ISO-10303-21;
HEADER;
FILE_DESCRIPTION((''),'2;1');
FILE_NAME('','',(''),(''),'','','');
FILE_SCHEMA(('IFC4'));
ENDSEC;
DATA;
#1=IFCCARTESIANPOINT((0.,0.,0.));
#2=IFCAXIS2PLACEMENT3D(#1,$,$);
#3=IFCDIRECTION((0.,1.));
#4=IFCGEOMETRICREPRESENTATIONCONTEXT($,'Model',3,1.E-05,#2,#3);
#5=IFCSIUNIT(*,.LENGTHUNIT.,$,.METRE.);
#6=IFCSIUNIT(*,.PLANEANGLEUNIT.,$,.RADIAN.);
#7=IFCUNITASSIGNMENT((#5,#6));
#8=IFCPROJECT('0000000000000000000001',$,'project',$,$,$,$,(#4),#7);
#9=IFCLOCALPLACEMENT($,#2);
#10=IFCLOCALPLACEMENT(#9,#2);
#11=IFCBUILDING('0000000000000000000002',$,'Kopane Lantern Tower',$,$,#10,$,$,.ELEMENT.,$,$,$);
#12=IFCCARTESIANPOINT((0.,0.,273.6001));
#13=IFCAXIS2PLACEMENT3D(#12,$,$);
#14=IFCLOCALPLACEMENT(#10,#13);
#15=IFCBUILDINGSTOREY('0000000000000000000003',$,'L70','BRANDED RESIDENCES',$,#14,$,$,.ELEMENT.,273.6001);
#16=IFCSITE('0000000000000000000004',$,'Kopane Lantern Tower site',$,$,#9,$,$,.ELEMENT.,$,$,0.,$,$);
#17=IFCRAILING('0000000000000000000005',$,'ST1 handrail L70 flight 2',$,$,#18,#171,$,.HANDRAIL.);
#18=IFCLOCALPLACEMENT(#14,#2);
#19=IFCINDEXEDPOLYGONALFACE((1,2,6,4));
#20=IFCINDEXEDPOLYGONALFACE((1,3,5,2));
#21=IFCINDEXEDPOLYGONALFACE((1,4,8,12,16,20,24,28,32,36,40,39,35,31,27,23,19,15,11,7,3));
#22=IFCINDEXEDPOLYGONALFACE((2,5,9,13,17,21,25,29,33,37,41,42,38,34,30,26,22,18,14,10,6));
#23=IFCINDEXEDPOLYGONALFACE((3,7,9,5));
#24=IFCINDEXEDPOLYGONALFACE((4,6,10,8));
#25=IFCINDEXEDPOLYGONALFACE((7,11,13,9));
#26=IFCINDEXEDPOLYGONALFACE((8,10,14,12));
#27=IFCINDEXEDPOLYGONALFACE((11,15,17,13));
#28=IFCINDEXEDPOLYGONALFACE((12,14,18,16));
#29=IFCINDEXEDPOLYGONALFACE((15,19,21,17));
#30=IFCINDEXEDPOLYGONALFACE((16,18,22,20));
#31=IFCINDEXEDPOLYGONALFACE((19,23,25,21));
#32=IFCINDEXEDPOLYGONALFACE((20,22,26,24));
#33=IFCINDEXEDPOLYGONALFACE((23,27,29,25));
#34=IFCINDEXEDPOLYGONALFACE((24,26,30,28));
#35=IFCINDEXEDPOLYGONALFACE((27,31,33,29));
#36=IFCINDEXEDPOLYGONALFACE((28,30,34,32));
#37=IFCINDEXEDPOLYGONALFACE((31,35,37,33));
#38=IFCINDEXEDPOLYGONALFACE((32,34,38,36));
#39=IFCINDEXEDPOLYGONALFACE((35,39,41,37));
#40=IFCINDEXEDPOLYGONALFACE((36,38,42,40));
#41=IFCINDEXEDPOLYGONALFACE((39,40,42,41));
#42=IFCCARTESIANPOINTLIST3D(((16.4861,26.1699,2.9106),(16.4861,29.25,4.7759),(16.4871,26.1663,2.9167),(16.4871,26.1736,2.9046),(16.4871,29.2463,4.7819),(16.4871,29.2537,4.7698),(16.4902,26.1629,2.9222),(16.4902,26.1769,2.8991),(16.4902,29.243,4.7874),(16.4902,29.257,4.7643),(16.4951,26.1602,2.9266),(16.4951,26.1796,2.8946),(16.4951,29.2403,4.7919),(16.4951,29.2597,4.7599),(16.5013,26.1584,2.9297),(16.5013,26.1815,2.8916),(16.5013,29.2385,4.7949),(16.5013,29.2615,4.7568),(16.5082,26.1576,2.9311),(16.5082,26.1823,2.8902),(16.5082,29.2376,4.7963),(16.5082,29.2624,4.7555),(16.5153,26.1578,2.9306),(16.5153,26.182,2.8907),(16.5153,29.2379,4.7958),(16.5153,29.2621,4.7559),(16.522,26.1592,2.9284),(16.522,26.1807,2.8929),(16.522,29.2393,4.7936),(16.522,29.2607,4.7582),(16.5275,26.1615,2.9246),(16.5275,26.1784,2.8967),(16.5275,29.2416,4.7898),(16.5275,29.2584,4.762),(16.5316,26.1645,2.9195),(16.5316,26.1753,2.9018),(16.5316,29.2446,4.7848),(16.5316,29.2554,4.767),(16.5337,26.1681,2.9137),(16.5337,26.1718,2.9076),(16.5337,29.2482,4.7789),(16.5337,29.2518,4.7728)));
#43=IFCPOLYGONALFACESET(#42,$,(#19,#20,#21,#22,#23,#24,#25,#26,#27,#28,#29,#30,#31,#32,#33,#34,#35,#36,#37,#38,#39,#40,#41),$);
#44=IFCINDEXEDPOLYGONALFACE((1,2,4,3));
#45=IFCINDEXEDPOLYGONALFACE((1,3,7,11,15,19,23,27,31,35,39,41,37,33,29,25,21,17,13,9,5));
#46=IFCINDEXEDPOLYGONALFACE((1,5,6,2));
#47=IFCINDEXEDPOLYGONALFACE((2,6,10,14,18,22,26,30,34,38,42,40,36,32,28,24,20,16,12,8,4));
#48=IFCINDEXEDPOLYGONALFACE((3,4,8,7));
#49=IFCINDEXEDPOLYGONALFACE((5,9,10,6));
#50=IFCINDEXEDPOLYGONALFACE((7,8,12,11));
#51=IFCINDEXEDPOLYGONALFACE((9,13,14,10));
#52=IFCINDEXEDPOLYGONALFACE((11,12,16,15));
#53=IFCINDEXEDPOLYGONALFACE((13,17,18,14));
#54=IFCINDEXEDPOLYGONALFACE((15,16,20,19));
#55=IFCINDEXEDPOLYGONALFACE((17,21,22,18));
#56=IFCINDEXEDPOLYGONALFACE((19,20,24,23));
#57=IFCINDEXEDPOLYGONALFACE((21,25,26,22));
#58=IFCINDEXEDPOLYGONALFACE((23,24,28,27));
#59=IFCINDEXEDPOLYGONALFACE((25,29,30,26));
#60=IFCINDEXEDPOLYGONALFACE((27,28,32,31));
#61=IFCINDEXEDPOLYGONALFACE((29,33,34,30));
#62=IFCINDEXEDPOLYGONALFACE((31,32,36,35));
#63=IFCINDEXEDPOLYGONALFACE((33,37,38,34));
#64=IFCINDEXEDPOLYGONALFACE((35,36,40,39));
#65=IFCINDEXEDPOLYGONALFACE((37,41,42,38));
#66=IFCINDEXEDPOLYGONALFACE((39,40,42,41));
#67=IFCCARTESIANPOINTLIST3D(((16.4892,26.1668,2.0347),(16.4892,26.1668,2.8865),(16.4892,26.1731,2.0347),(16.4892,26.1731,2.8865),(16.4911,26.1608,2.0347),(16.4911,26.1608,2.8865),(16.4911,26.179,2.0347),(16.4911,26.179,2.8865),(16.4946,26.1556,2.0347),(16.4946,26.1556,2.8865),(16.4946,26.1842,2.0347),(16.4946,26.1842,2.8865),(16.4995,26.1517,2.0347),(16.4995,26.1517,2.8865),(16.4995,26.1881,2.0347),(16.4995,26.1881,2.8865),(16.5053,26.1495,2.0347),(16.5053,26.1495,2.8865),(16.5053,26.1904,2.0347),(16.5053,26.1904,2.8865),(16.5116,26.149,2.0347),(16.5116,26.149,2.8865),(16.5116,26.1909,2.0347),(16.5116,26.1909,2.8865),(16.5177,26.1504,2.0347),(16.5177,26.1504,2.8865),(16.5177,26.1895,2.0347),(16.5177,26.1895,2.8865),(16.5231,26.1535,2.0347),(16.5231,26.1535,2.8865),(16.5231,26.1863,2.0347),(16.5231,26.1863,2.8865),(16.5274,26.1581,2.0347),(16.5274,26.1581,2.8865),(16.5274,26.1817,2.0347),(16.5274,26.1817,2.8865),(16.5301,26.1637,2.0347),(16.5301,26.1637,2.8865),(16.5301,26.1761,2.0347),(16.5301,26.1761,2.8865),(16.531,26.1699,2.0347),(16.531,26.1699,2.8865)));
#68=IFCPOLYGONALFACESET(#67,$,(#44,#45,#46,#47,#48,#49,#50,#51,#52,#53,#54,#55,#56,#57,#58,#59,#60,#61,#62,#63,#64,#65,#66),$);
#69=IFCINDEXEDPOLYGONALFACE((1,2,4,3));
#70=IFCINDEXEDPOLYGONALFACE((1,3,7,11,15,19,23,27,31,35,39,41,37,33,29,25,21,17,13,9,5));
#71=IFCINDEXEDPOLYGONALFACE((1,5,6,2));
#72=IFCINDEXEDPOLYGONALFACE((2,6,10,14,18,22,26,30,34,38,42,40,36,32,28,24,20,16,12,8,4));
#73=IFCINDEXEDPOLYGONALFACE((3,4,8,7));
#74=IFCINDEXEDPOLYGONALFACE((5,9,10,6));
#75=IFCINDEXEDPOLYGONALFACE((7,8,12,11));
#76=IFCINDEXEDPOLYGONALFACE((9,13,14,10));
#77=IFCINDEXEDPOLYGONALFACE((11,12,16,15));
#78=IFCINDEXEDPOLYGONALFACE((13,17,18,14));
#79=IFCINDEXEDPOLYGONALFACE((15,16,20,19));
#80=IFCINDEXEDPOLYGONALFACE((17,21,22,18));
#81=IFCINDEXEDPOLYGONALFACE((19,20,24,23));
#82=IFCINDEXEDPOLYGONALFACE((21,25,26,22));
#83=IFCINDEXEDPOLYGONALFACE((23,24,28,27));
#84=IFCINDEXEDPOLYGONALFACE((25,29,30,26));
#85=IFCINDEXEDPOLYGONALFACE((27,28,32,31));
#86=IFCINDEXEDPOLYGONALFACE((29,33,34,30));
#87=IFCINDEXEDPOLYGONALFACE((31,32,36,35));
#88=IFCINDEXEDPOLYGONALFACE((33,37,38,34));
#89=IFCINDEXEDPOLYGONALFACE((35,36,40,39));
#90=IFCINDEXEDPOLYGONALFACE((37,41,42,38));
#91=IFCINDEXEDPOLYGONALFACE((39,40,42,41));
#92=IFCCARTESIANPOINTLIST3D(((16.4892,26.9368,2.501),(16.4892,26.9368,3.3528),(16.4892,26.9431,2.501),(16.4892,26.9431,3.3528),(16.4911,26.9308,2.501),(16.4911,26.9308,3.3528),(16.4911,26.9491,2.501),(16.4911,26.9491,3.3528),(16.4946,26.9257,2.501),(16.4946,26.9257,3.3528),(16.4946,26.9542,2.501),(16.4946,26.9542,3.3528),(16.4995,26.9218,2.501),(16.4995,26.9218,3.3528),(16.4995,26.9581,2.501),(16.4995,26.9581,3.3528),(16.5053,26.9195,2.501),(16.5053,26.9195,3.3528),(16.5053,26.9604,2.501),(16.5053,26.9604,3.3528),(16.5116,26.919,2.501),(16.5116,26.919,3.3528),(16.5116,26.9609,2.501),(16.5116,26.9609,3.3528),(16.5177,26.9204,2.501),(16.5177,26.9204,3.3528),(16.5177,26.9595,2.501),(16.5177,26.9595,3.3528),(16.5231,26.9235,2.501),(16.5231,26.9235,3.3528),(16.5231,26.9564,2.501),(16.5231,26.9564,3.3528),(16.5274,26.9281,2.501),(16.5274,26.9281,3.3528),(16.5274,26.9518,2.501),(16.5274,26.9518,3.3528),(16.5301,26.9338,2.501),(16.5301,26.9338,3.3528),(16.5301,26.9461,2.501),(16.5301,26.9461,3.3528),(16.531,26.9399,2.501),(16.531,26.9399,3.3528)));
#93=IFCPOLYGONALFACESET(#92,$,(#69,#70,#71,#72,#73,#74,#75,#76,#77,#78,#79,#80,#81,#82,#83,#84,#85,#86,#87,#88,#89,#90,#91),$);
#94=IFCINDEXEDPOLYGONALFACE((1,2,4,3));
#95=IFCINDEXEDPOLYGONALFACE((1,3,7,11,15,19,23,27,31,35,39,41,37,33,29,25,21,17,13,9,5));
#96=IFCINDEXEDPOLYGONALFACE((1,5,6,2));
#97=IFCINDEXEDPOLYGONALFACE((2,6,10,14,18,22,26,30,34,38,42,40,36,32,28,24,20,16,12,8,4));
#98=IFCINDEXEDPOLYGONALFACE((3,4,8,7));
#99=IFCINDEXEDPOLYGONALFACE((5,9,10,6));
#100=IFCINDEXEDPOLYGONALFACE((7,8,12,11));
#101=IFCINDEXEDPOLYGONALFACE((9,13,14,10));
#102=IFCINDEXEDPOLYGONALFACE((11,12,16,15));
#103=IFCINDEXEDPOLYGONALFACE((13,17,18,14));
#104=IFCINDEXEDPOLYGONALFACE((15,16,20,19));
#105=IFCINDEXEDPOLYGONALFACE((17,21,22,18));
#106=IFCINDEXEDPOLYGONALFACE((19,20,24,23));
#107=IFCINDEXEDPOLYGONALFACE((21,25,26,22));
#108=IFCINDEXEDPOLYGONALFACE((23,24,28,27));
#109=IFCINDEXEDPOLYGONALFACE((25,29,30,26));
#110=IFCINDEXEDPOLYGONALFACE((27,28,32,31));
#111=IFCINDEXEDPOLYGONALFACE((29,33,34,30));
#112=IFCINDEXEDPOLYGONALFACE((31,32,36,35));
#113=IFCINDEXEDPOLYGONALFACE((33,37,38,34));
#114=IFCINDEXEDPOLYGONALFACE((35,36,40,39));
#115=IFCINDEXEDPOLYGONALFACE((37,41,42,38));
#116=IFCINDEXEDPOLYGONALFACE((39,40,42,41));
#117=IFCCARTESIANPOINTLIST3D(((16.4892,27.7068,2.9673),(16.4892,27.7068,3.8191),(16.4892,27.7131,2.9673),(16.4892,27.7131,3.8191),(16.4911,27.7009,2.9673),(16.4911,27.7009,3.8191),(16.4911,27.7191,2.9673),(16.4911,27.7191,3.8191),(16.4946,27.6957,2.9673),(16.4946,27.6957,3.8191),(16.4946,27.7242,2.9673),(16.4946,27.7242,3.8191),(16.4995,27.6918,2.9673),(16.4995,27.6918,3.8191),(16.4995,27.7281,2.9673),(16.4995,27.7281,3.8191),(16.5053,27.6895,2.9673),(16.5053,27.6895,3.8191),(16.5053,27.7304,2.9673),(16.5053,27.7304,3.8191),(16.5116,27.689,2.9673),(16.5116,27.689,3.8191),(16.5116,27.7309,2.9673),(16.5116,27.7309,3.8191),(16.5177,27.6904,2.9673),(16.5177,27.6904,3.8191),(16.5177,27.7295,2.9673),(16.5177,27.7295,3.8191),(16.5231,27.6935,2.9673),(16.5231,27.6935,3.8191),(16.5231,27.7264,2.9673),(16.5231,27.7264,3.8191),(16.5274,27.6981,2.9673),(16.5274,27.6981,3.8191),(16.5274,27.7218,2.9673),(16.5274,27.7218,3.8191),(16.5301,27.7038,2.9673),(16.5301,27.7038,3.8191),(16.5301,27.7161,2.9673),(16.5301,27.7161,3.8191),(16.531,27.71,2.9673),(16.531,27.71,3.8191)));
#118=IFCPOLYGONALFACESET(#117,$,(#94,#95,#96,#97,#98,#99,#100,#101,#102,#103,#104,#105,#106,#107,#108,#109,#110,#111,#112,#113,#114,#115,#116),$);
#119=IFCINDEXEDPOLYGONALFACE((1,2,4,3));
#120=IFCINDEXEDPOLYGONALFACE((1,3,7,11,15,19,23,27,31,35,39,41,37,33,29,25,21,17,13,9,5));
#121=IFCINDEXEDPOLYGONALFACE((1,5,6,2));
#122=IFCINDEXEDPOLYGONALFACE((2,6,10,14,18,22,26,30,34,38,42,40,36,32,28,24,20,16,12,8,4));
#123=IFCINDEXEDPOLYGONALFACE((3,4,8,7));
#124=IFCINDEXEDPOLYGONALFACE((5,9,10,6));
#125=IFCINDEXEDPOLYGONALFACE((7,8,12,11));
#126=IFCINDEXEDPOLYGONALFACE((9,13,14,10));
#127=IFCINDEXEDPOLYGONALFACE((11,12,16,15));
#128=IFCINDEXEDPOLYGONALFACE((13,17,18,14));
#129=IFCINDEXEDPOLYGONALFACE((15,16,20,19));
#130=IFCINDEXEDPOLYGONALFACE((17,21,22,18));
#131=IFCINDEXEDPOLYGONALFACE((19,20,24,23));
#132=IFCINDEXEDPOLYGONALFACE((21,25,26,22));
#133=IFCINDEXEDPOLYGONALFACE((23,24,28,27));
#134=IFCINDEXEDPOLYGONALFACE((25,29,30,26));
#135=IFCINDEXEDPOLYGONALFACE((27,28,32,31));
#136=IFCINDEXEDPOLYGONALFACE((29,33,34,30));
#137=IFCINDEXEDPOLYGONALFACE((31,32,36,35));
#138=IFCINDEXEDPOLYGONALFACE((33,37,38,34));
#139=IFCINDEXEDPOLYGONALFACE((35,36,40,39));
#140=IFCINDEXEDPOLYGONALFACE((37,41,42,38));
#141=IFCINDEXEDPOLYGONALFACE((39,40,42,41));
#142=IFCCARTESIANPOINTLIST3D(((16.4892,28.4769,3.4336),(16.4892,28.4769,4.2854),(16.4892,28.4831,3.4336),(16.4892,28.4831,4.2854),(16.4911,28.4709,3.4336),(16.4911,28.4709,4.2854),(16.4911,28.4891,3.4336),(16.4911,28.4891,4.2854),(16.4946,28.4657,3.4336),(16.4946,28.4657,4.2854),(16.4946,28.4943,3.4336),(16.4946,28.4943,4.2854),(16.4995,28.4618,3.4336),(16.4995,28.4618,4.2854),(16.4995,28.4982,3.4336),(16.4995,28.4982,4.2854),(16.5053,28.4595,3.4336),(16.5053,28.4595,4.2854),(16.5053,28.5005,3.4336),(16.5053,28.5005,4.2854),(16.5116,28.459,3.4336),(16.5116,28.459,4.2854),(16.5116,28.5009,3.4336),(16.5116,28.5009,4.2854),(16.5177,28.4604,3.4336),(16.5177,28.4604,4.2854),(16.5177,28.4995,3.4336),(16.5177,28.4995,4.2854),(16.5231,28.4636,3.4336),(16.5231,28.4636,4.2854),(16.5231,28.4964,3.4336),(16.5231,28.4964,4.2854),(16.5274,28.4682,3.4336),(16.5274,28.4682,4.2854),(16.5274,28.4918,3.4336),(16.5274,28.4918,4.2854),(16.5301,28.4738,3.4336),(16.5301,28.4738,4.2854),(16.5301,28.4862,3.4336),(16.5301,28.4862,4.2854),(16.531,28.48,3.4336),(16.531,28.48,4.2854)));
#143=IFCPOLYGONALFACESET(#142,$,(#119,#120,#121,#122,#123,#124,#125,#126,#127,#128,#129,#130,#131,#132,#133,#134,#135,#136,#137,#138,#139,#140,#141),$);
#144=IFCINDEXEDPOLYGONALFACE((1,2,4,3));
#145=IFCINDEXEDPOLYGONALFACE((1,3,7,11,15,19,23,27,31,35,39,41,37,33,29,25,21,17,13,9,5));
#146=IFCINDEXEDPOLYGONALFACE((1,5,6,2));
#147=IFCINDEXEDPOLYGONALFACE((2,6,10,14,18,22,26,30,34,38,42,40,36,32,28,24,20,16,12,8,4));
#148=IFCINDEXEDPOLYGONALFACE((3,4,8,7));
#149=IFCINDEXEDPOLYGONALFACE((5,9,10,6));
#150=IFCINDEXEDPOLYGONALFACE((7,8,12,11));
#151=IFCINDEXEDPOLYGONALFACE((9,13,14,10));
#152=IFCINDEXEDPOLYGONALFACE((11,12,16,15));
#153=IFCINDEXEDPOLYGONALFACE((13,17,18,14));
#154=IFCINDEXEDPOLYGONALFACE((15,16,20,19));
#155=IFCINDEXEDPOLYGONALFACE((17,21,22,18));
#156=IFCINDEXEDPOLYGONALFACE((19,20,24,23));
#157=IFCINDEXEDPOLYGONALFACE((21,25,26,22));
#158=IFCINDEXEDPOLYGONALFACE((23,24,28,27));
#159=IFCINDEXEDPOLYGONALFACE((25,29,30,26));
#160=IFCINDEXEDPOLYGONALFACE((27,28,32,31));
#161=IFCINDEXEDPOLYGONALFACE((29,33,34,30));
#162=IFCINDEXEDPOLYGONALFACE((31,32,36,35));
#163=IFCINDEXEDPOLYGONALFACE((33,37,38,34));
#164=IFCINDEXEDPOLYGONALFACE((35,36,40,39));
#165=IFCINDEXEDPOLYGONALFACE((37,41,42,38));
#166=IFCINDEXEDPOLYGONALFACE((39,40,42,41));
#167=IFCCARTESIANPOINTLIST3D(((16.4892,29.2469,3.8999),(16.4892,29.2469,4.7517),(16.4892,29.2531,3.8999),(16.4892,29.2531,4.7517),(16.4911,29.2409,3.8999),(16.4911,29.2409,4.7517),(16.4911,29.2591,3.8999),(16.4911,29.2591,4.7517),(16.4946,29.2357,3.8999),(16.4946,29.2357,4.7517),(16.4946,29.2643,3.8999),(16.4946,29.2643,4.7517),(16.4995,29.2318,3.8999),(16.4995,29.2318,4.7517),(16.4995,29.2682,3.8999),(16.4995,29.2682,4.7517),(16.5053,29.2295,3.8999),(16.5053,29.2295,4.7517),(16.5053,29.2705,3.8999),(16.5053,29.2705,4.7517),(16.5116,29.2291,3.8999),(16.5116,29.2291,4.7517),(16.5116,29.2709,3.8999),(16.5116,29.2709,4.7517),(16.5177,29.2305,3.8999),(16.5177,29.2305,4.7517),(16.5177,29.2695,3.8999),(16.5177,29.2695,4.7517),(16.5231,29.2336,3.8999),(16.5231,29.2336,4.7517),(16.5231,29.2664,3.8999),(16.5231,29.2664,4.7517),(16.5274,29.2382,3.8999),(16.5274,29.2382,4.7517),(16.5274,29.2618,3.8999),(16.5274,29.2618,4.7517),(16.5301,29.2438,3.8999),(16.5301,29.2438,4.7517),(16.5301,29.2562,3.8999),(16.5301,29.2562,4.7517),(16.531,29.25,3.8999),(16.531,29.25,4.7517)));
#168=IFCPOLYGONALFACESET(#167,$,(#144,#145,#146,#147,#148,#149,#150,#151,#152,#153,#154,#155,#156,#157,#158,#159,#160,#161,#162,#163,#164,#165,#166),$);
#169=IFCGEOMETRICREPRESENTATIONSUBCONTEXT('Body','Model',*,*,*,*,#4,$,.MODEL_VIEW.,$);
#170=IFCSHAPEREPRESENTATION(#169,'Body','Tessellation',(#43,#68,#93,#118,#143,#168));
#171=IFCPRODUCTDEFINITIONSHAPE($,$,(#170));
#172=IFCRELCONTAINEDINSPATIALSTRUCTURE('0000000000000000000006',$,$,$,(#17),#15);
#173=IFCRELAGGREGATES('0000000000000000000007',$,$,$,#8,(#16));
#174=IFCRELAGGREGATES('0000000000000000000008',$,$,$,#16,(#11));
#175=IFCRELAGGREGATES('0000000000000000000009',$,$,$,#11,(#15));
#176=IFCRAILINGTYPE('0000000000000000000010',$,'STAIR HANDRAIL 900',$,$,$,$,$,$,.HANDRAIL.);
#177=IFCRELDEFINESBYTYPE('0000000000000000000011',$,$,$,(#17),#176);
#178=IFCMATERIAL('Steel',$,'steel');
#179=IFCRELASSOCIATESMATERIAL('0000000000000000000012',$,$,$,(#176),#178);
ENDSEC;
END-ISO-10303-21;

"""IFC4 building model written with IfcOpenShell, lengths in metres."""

from ifc_helpers import new_model, si_unit, direction, frame, origin, origin_2d, place, context, subcontext, project, spatial, circle, extrude, material, type_object, element, save


model = new_model("IFC4")

# Units and contexts
model_context = context("Model", 3, precision=1e-05, world=origin(), true_north=direction((0.0, 1.0)))
body_context = subcontext(model_context, "Body", "Model", "MODEL_VIEW")
ifc_project = project(units=[si_unit("LENGTHUNIT", "METRE"), si_unit("PLANEANGLEUNIT", "RADIAN")], contexts=[model_context])

# Site, building, storey
site_placement = place(None, origin())
site = spatial("IfcSite", under=ifc_project, at=site_placement, Name="Kopane Lantern Tower site", CompositionType="ELEMENT", RefElevation=0.0)
building_placement = place(site_placement, origin())
building = spatial("IfcBuilding", under=site, at=building_placement, Name="Kopane Lantern Tower", CompositionType="ELEMENT")
storey_placement = place(building_placement, frame((0.0, 0.0, 273.6001)))
storey = spatial("IfcBuildingStorey", under=building, at=storey_placement, Name="L70", Description="BRANDED RESIDENCES", CompositionType="ELEMENT", Elevation=273.6001)

# Railing
ifc_material_1 = material(Name="Steel", Category="steel")
railing_type_1 = type_object("IfcRailingType", Name="STAIR HANDRAIL 900", PredefinedType="HANDRAIL", material=ifc_material_1)
for number, where, name in (
    (1, (16.51, 26.1699, 2.0347), "ST1 handrail L70 flight 2"),
):
    element("IfcRailing", number, at=place(storey_placement, frame(where)), inside=storey, type_object=railing_type_1, Name=name, PredefinedType="HANDRAIL", context=body_context, shape_type="SweptSolid", body=[
        extrude(circle(Radius=0.0239, at=origin_2d()), frame((0.0, 0.0, 0.876), z_axis=(0.0, 0.85538, 0.518001), x_axis=(-1.0, 0.0, 0.0)), (0.0, 0.0, 1.0), 3.6008),
        extrude(circle(Radius=0.021, at=origin_2d()), origin(), (0.0, 0.0, 1.0), 0.8518),
        extrude(circle(Radius=0.021, at=origin_2d()), frame((0.0, 0.77, 0.4663)), (0.0, 0.0, 1.0), 0.8518),
        extrude(circle(Radius=0.021, at=origin_2d()), frame((0.0, 1.54, 0.9326)), (0.0, 0.0, 1.0), 0.8518),
        extrude(circle(Radius=0.021, at=origin_2d()), frame((0.0, 2.3101, 1.3989)), (0.0, 0.0, 1.0), 0.8518),
        extrude(circle(Radius=0.021, at=origin_2d()), frame((0.0, 3.0801, 1.8652)), (0.0, 0.0, 1.0), 0.8518),
    ])

save(model, "model.ifc")
